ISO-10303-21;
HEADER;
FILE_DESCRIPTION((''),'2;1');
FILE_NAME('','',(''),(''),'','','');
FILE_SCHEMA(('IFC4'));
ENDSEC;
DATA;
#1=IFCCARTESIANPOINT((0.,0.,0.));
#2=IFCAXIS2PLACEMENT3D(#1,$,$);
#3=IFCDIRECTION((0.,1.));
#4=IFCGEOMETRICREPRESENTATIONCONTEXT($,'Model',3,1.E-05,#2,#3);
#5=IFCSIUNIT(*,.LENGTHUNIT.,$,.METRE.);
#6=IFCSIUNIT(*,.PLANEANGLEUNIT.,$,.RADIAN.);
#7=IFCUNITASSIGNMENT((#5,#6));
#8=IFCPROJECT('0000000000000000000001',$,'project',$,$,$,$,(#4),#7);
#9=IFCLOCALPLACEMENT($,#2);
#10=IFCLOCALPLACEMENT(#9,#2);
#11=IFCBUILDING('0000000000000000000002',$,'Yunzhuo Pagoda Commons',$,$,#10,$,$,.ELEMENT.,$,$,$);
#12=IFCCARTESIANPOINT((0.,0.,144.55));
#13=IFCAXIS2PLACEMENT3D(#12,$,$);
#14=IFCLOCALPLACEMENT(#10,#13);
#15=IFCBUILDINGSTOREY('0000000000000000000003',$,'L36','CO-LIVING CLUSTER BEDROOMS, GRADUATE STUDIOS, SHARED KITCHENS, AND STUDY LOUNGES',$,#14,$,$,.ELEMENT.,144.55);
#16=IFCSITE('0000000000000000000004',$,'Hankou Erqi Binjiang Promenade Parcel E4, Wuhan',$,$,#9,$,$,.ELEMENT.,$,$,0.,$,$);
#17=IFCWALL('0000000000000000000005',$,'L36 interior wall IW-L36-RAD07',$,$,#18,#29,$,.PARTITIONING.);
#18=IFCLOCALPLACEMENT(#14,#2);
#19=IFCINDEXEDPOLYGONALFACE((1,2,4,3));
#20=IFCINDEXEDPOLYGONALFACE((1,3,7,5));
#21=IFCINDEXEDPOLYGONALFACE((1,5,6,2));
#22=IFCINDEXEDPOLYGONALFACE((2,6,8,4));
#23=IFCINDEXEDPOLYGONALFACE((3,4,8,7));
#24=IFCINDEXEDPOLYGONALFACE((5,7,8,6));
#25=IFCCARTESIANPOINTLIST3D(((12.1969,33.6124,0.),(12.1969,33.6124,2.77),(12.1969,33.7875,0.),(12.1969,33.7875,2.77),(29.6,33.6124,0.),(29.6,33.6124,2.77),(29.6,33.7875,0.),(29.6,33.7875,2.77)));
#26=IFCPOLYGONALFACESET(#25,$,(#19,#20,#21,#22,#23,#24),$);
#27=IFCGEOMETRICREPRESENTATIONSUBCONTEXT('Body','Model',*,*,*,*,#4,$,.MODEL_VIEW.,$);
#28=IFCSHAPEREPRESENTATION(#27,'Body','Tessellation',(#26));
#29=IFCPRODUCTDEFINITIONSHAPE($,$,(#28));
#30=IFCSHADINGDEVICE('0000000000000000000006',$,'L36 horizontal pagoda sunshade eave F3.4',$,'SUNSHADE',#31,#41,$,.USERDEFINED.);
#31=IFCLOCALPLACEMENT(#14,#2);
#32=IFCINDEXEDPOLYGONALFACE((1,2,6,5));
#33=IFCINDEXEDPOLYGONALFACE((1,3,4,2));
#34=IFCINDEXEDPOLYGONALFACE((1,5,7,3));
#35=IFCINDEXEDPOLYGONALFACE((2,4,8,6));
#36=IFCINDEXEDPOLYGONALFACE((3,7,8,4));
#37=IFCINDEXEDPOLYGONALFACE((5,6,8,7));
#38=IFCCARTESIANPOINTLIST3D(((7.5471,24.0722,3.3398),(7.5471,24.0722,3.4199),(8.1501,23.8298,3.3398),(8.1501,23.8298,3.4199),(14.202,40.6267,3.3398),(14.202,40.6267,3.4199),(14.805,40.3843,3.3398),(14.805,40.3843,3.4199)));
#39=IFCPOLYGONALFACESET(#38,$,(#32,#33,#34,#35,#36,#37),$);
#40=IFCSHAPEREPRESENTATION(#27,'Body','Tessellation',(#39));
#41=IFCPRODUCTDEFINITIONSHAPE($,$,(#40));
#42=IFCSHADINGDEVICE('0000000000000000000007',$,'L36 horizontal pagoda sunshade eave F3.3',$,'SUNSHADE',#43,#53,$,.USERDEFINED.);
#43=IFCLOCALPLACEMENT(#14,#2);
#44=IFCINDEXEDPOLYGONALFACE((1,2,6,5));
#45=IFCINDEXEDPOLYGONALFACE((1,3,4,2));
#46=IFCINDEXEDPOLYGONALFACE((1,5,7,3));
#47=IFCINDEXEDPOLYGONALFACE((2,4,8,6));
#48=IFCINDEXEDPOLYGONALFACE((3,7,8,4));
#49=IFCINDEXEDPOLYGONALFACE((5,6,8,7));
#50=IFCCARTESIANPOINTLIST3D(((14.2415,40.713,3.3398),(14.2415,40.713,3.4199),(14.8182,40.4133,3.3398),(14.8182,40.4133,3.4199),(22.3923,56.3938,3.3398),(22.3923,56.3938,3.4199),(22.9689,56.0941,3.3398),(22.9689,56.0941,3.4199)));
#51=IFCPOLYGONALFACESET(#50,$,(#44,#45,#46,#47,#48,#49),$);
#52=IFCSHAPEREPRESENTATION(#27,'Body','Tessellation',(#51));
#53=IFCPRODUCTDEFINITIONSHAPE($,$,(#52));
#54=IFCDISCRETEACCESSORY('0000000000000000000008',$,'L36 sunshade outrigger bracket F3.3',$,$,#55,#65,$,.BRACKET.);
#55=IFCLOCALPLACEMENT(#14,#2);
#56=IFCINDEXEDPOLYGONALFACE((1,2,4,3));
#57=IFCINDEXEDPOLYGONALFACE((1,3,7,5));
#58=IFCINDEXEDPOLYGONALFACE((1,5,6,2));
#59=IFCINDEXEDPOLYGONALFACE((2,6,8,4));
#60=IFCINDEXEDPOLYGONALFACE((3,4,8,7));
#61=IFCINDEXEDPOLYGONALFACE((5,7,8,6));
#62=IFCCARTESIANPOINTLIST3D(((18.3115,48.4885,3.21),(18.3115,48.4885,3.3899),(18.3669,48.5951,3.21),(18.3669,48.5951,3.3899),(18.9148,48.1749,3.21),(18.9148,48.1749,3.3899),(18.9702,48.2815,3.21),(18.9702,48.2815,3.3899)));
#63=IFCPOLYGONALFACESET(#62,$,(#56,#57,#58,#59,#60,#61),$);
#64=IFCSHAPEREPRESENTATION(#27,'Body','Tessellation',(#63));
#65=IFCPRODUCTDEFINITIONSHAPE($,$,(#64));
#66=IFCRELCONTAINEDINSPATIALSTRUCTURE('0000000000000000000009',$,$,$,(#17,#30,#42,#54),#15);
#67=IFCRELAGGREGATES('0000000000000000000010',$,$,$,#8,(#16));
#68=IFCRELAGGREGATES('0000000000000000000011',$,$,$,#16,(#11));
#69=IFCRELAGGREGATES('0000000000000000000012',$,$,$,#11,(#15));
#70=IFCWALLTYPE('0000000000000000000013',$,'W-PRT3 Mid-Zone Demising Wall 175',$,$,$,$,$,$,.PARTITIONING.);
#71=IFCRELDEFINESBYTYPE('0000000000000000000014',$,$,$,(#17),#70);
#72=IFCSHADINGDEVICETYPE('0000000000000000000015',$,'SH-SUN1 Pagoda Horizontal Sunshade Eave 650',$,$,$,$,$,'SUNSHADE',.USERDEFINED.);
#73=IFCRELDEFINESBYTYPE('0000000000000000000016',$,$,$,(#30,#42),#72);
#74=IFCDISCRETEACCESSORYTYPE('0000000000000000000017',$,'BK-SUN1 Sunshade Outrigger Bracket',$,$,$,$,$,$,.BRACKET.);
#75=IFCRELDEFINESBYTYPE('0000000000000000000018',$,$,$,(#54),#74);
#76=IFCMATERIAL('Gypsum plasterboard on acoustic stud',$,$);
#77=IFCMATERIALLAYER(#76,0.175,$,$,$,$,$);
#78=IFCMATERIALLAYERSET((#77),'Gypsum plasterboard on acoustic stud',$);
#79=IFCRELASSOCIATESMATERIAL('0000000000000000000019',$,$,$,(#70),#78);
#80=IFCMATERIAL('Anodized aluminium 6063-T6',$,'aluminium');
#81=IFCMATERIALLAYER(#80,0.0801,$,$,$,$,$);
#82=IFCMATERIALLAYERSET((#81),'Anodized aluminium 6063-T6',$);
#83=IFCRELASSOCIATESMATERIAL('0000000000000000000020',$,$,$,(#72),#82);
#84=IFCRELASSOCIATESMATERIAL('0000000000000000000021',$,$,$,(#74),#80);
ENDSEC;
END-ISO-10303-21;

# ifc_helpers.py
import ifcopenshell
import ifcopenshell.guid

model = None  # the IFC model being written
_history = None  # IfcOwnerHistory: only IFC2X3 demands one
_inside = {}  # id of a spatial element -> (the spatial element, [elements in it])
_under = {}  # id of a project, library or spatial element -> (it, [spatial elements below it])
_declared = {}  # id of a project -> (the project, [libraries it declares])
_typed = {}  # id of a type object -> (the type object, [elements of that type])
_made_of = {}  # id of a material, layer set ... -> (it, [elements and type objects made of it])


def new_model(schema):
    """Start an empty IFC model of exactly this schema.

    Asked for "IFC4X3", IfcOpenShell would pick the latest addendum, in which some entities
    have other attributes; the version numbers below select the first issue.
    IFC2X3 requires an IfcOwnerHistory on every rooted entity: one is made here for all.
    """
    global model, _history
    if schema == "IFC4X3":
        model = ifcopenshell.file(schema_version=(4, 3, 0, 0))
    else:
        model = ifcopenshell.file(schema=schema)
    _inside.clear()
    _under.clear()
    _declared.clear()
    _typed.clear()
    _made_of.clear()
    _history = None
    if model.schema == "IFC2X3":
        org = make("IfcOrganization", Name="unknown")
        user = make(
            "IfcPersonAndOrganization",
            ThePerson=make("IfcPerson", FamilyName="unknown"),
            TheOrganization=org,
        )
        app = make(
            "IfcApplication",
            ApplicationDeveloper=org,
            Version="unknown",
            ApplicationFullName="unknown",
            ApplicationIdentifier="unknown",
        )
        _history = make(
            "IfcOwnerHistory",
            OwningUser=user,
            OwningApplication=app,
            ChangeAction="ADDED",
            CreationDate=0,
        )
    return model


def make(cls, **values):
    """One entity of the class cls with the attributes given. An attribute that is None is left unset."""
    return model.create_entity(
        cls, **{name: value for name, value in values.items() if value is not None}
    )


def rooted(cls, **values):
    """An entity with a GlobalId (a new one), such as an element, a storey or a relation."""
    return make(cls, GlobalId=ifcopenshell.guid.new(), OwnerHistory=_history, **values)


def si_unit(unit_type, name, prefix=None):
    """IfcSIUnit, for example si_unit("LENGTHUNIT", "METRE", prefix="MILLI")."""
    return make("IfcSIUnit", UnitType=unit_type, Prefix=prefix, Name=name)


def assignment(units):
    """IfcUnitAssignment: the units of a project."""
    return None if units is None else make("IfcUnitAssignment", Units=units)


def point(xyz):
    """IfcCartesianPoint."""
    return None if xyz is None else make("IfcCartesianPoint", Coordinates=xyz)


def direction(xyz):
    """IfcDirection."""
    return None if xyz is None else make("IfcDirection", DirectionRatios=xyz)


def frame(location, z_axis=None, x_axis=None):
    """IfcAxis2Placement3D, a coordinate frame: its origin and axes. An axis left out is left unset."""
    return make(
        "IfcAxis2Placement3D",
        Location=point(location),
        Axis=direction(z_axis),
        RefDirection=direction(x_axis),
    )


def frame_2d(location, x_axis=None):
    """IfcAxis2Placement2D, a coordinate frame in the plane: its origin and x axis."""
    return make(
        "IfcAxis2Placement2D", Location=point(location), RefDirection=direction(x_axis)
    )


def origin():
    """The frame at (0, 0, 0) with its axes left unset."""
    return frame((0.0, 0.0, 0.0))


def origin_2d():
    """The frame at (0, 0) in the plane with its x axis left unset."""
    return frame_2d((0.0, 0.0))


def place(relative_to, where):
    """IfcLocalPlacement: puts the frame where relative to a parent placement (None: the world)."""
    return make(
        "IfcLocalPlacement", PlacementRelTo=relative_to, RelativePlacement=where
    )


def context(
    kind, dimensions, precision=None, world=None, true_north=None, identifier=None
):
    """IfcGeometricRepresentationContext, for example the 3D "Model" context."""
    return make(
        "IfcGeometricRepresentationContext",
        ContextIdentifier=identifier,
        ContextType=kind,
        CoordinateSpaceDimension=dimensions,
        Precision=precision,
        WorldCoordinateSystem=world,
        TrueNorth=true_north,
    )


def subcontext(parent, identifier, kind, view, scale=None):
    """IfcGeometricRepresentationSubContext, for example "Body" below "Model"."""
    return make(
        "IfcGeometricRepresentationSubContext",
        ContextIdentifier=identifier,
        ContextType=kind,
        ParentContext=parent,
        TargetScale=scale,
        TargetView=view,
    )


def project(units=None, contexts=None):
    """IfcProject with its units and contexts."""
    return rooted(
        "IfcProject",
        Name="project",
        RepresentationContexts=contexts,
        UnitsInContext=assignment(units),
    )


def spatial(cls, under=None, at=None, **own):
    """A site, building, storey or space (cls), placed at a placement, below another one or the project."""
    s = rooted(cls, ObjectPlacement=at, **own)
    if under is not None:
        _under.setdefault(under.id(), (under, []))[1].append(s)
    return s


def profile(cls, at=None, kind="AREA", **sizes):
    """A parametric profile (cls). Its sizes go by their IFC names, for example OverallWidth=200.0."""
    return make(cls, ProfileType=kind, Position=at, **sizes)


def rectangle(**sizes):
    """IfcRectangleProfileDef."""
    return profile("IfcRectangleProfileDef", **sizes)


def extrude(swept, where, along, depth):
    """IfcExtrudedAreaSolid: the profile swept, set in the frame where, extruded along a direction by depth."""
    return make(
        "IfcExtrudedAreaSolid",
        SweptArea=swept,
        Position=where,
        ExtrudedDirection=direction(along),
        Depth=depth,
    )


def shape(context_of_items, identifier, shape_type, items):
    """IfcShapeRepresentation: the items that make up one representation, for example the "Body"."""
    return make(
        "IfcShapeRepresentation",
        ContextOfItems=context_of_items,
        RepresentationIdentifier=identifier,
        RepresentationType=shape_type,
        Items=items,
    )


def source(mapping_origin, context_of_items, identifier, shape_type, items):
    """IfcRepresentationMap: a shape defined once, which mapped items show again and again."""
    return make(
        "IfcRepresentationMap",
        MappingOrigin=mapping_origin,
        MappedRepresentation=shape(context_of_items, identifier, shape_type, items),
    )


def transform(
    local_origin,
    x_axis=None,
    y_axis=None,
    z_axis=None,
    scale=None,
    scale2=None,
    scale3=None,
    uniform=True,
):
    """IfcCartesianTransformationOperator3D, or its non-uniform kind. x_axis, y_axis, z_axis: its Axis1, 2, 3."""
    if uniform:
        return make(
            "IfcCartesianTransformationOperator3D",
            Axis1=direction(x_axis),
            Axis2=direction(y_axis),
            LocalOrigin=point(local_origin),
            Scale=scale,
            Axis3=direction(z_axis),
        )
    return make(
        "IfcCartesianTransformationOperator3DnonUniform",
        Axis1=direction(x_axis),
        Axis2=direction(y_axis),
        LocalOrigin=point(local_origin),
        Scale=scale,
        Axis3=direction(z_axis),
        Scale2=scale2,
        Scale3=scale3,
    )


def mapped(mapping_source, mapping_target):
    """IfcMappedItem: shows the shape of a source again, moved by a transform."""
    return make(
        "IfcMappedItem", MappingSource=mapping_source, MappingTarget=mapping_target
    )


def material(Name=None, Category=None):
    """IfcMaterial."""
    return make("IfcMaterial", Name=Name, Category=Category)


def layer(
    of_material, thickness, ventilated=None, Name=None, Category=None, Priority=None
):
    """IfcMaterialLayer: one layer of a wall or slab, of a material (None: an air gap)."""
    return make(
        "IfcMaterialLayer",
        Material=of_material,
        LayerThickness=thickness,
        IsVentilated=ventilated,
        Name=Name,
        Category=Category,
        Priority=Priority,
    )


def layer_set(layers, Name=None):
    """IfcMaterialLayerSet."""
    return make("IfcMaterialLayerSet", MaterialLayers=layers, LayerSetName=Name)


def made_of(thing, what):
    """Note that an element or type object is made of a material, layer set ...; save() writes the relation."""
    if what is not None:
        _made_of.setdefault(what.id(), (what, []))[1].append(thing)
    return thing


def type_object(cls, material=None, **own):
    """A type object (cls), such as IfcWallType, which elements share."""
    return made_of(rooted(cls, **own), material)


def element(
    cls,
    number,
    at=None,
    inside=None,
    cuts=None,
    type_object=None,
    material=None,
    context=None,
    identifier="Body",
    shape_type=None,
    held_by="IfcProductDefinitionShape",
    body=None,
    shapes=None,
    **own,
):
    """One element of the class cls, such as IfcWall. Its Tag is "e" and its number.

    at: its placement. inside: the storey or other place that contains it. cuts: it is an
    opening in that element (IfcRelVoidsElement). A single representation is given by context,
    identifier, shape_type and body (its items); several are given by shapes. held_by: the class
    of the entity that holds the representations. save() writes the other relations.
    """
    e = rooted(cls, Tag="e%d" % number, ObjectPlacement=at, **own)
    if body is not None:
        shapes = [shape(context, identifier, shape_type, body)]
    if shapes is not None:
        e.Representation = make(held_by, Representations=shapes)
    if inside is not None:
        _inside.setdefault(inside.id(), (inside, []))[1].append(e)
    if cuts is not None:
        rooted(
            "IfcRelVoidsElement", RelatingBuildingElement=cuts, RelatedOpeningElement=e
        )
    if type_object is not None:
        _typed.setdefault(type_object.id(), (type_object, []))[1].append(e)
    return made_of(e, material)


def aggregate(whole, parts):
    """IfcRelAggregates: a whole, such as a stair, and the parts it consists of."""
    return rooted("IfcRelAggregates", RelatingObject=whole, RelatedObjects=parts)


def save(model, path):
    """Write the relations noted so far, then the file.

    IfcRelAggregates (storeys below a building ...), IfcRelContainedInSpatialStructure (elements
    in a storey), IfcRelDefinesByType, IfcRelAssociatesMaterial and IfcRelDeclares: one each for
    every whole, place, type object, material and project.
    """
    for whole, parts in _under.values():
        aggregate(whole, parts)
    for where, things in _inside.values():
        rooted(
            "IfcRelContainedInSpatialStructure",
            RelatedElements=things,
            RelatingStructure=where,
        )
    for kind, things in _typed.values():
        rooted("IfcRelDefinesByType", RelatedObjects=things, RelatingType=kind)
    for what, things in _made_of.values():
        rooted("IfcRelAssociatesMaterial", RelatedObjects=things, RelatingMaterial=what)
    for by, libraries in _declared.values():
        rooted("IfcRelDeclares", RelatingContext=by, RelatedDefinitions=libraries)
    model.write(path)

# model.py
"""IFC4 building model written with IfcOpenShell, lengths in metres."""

from ifc_helpers import new_model, si_unit, direction, frame, frame_2d, origin, origin_2d, place, context, subcontext, project, spatial, rectangle, extrude, source, transform, mapped, material, layer, layer_set, type_object, element, save


model = new_model("IFC4")

# Units and contexts
model_context = context("Model", 3, precision=1e-05, world=origin(), true_north=direction((0.0, 1.0)))
body_context = subcontext(model_context, "Body", "Model", "MODEL_VIEW")
ifc_project = project(units=[si_unit("LENGTHUNIT", "METRE"), si_unit("PLANEANGLEUNIT", "RADIAN")], contexts=[model_context])

# Site, building, storey
site_placement = place(None, origin())
site = spatial("IfcSite", under=ifc_project, at=site_placement, Name="Hankou Erqi Binjiang Promenade Parcel E4, Wuhan", CompositionType="ELEMENT", RefElevation=0.0)
building_placement = place(site_placement, origin())
building = spatial("IfcBuilding", under=site, at=building_placement, Name="Yunzhuo Pagoda Commons", CompositionType="ELEMENT")
storey_placement = place(building_placement, frame((0.0, 0.0, 144.55)))
storey = spatial("IfcBuildingStorey", under=building, at=storey_placement, Name="L36", Description="CO-LIVING CLUSTER BEDROOMS, GRADUATE STUDIOS, SHARED KITCHENS, AND STUDY LOUNGES", CompositionType="ELEMENT", Elevation=144.55)

# Shared definitions
ifc_material_1 = material(Name="Anodized aluminium 6063-T6", Category="aluminium")

# Shared definitions
ifc_material_2 = material(Name="Gypsum plasterboard on acoustic stud")

# Wall
ifc_layer_1 = layer(ifc_material_2, 0.175)
ifc_layer_set_1 = layer_set([ifc_layer_1], Name="Gypsum plasterboard on acoustic stud")
wall_type_1 = type_object("IfcWallType", Name="W-PRT3 Mid-Zone Demising Wall 175", PredefinedType="PARTITIONING", material=ifc_layer_set_1)
wall_1_placement = place(storey_placement, frame((29.6001, 33.7, 0.0), z_axis=(0.0, 0.0, 1.0), x_axis=(-1.0, 0.0, 0.0)))
element("IfcWall", 1, at=wall_1_placement, inside=storey, type_object=wall_type_1, Name="L36 interior wall IW-L36-RAD07", PredefinedType="PARTITIONING", context=body_context, shape_type="SweptSolid", body=[
    extrude(rectangle(XDim=17.4031, YDim=0.175, at=frame_2d((8.7017, 0.0))), origin(), (0.0, 0.0, 1.0), 2.77),
])

# Shading devices
ifc_layer_2 = layer(ifc_material_1, 0.0801)
ifc_layer_set_2 = layer_set([ifc_layer_2], Name="Anodized aluminium 6063-T6")
shading_device_type = type_object("IfcShadingDeviceType", Name="SH-SUN1 Pagoda Horizontal Sunshade Eave 650", ElementType="SUNSHADE", PredefinedType="USERDEFINED", material=ifc_layer_set_2)
shared_shape_1 = source(origin(), body_context, "Body", "SweptSolid", [
    extrude(rectangle(XDim=17.842, YDim=0.6499, at=origin_2d()), origin(), (0.0, 0.0, 1.0), 0.0801),
])
shading_device_1_placement = place(storey_placement, frame((11.176, 32.2283, 3.3398), z_axis=(0.0, 0.0, 1.0), x_axis=(-0.372988, -0.927836, 0.0)))
element("IfcShadingDevice", 2, at=shading_device_1_placement, inside=storey, type_object=shading_device_type, Name="L36 horizontal pagoda sunshade eave F3.4", ObjectType="SUNSHADE", PredefinedType="USERDEFINED", context=body_context, shape_type="MappedRepresentation", body=[
    mapped(shared_shape_1, transform((0.0, 0.0, 0.0), scale=1.0)),
])
shared_shape_2 = source(origin(), body_context, "Body", "SweptSolid", [
    extrude(rectangle(XDim=17.6726, YDim=0.6499, at=origin_2d()), origin(), (0.0, 0.0, 1.0), 0.0801),
])
shading_device_2_placement = place(storey_placement, frame((18.6052, 48.4036, 3.3398), z_axis=(0.0, 0.0, 1.0), x_axis=(-0.461207, -0.887293, 0.0)))
element("IfcShadingDevice", 3, at=shading_device_2_placement, inside=storey, type_object=shading_device_type, Name="L36 horizontal pagoda sunshade eave F3.3", ObjectType="SUNSHADE", PredefinedType="USERDEFINED", context=body_context, shape_type="MappedRepresentation", body=[
    mapped(shared_shape_2, transform((0.0, 0.0, 0.0), scale=1.0)),
])

# Discrete accessory
discrete_accessory_type = type_object("IfcDiscreteAccessoryType", Name="BK-SUN1 Sunshade Outrigger Bracket", PredefinedType="BRACKET", material=ifc_material_1)
shared_shape_3 = source(origin(), body_context, "Body", "SweptSolid", [
    extrude(rectangle(XDim=0.1201, YDim=0.6799, at=origin_2d()), origin(), (0.0, 0.0, 1.0), 0.1799),
])
discrete_accessory_placement = place(storey_placement, frame((18.6409, 48.385, 3.21), z_axis=(0.0, 0.0, 1.0), x_axis=(-0.461207, -0.887293, 0.0)))
element("IfcDiscreteAccessory", 4, at=discrete_accessory_placement, inside=storey, type_object=discrete_accessory_type, Name="L36 sunshade outrigger bracket F3.3", PredefinedType="BRACKET", context=body_context, shape_type="MappedRepresentation", body=[
    mapped(shared_shape_3, transform((0.0, 0.0, 0.0), scale=1.0)),
])

save(model, "model.ifc")
